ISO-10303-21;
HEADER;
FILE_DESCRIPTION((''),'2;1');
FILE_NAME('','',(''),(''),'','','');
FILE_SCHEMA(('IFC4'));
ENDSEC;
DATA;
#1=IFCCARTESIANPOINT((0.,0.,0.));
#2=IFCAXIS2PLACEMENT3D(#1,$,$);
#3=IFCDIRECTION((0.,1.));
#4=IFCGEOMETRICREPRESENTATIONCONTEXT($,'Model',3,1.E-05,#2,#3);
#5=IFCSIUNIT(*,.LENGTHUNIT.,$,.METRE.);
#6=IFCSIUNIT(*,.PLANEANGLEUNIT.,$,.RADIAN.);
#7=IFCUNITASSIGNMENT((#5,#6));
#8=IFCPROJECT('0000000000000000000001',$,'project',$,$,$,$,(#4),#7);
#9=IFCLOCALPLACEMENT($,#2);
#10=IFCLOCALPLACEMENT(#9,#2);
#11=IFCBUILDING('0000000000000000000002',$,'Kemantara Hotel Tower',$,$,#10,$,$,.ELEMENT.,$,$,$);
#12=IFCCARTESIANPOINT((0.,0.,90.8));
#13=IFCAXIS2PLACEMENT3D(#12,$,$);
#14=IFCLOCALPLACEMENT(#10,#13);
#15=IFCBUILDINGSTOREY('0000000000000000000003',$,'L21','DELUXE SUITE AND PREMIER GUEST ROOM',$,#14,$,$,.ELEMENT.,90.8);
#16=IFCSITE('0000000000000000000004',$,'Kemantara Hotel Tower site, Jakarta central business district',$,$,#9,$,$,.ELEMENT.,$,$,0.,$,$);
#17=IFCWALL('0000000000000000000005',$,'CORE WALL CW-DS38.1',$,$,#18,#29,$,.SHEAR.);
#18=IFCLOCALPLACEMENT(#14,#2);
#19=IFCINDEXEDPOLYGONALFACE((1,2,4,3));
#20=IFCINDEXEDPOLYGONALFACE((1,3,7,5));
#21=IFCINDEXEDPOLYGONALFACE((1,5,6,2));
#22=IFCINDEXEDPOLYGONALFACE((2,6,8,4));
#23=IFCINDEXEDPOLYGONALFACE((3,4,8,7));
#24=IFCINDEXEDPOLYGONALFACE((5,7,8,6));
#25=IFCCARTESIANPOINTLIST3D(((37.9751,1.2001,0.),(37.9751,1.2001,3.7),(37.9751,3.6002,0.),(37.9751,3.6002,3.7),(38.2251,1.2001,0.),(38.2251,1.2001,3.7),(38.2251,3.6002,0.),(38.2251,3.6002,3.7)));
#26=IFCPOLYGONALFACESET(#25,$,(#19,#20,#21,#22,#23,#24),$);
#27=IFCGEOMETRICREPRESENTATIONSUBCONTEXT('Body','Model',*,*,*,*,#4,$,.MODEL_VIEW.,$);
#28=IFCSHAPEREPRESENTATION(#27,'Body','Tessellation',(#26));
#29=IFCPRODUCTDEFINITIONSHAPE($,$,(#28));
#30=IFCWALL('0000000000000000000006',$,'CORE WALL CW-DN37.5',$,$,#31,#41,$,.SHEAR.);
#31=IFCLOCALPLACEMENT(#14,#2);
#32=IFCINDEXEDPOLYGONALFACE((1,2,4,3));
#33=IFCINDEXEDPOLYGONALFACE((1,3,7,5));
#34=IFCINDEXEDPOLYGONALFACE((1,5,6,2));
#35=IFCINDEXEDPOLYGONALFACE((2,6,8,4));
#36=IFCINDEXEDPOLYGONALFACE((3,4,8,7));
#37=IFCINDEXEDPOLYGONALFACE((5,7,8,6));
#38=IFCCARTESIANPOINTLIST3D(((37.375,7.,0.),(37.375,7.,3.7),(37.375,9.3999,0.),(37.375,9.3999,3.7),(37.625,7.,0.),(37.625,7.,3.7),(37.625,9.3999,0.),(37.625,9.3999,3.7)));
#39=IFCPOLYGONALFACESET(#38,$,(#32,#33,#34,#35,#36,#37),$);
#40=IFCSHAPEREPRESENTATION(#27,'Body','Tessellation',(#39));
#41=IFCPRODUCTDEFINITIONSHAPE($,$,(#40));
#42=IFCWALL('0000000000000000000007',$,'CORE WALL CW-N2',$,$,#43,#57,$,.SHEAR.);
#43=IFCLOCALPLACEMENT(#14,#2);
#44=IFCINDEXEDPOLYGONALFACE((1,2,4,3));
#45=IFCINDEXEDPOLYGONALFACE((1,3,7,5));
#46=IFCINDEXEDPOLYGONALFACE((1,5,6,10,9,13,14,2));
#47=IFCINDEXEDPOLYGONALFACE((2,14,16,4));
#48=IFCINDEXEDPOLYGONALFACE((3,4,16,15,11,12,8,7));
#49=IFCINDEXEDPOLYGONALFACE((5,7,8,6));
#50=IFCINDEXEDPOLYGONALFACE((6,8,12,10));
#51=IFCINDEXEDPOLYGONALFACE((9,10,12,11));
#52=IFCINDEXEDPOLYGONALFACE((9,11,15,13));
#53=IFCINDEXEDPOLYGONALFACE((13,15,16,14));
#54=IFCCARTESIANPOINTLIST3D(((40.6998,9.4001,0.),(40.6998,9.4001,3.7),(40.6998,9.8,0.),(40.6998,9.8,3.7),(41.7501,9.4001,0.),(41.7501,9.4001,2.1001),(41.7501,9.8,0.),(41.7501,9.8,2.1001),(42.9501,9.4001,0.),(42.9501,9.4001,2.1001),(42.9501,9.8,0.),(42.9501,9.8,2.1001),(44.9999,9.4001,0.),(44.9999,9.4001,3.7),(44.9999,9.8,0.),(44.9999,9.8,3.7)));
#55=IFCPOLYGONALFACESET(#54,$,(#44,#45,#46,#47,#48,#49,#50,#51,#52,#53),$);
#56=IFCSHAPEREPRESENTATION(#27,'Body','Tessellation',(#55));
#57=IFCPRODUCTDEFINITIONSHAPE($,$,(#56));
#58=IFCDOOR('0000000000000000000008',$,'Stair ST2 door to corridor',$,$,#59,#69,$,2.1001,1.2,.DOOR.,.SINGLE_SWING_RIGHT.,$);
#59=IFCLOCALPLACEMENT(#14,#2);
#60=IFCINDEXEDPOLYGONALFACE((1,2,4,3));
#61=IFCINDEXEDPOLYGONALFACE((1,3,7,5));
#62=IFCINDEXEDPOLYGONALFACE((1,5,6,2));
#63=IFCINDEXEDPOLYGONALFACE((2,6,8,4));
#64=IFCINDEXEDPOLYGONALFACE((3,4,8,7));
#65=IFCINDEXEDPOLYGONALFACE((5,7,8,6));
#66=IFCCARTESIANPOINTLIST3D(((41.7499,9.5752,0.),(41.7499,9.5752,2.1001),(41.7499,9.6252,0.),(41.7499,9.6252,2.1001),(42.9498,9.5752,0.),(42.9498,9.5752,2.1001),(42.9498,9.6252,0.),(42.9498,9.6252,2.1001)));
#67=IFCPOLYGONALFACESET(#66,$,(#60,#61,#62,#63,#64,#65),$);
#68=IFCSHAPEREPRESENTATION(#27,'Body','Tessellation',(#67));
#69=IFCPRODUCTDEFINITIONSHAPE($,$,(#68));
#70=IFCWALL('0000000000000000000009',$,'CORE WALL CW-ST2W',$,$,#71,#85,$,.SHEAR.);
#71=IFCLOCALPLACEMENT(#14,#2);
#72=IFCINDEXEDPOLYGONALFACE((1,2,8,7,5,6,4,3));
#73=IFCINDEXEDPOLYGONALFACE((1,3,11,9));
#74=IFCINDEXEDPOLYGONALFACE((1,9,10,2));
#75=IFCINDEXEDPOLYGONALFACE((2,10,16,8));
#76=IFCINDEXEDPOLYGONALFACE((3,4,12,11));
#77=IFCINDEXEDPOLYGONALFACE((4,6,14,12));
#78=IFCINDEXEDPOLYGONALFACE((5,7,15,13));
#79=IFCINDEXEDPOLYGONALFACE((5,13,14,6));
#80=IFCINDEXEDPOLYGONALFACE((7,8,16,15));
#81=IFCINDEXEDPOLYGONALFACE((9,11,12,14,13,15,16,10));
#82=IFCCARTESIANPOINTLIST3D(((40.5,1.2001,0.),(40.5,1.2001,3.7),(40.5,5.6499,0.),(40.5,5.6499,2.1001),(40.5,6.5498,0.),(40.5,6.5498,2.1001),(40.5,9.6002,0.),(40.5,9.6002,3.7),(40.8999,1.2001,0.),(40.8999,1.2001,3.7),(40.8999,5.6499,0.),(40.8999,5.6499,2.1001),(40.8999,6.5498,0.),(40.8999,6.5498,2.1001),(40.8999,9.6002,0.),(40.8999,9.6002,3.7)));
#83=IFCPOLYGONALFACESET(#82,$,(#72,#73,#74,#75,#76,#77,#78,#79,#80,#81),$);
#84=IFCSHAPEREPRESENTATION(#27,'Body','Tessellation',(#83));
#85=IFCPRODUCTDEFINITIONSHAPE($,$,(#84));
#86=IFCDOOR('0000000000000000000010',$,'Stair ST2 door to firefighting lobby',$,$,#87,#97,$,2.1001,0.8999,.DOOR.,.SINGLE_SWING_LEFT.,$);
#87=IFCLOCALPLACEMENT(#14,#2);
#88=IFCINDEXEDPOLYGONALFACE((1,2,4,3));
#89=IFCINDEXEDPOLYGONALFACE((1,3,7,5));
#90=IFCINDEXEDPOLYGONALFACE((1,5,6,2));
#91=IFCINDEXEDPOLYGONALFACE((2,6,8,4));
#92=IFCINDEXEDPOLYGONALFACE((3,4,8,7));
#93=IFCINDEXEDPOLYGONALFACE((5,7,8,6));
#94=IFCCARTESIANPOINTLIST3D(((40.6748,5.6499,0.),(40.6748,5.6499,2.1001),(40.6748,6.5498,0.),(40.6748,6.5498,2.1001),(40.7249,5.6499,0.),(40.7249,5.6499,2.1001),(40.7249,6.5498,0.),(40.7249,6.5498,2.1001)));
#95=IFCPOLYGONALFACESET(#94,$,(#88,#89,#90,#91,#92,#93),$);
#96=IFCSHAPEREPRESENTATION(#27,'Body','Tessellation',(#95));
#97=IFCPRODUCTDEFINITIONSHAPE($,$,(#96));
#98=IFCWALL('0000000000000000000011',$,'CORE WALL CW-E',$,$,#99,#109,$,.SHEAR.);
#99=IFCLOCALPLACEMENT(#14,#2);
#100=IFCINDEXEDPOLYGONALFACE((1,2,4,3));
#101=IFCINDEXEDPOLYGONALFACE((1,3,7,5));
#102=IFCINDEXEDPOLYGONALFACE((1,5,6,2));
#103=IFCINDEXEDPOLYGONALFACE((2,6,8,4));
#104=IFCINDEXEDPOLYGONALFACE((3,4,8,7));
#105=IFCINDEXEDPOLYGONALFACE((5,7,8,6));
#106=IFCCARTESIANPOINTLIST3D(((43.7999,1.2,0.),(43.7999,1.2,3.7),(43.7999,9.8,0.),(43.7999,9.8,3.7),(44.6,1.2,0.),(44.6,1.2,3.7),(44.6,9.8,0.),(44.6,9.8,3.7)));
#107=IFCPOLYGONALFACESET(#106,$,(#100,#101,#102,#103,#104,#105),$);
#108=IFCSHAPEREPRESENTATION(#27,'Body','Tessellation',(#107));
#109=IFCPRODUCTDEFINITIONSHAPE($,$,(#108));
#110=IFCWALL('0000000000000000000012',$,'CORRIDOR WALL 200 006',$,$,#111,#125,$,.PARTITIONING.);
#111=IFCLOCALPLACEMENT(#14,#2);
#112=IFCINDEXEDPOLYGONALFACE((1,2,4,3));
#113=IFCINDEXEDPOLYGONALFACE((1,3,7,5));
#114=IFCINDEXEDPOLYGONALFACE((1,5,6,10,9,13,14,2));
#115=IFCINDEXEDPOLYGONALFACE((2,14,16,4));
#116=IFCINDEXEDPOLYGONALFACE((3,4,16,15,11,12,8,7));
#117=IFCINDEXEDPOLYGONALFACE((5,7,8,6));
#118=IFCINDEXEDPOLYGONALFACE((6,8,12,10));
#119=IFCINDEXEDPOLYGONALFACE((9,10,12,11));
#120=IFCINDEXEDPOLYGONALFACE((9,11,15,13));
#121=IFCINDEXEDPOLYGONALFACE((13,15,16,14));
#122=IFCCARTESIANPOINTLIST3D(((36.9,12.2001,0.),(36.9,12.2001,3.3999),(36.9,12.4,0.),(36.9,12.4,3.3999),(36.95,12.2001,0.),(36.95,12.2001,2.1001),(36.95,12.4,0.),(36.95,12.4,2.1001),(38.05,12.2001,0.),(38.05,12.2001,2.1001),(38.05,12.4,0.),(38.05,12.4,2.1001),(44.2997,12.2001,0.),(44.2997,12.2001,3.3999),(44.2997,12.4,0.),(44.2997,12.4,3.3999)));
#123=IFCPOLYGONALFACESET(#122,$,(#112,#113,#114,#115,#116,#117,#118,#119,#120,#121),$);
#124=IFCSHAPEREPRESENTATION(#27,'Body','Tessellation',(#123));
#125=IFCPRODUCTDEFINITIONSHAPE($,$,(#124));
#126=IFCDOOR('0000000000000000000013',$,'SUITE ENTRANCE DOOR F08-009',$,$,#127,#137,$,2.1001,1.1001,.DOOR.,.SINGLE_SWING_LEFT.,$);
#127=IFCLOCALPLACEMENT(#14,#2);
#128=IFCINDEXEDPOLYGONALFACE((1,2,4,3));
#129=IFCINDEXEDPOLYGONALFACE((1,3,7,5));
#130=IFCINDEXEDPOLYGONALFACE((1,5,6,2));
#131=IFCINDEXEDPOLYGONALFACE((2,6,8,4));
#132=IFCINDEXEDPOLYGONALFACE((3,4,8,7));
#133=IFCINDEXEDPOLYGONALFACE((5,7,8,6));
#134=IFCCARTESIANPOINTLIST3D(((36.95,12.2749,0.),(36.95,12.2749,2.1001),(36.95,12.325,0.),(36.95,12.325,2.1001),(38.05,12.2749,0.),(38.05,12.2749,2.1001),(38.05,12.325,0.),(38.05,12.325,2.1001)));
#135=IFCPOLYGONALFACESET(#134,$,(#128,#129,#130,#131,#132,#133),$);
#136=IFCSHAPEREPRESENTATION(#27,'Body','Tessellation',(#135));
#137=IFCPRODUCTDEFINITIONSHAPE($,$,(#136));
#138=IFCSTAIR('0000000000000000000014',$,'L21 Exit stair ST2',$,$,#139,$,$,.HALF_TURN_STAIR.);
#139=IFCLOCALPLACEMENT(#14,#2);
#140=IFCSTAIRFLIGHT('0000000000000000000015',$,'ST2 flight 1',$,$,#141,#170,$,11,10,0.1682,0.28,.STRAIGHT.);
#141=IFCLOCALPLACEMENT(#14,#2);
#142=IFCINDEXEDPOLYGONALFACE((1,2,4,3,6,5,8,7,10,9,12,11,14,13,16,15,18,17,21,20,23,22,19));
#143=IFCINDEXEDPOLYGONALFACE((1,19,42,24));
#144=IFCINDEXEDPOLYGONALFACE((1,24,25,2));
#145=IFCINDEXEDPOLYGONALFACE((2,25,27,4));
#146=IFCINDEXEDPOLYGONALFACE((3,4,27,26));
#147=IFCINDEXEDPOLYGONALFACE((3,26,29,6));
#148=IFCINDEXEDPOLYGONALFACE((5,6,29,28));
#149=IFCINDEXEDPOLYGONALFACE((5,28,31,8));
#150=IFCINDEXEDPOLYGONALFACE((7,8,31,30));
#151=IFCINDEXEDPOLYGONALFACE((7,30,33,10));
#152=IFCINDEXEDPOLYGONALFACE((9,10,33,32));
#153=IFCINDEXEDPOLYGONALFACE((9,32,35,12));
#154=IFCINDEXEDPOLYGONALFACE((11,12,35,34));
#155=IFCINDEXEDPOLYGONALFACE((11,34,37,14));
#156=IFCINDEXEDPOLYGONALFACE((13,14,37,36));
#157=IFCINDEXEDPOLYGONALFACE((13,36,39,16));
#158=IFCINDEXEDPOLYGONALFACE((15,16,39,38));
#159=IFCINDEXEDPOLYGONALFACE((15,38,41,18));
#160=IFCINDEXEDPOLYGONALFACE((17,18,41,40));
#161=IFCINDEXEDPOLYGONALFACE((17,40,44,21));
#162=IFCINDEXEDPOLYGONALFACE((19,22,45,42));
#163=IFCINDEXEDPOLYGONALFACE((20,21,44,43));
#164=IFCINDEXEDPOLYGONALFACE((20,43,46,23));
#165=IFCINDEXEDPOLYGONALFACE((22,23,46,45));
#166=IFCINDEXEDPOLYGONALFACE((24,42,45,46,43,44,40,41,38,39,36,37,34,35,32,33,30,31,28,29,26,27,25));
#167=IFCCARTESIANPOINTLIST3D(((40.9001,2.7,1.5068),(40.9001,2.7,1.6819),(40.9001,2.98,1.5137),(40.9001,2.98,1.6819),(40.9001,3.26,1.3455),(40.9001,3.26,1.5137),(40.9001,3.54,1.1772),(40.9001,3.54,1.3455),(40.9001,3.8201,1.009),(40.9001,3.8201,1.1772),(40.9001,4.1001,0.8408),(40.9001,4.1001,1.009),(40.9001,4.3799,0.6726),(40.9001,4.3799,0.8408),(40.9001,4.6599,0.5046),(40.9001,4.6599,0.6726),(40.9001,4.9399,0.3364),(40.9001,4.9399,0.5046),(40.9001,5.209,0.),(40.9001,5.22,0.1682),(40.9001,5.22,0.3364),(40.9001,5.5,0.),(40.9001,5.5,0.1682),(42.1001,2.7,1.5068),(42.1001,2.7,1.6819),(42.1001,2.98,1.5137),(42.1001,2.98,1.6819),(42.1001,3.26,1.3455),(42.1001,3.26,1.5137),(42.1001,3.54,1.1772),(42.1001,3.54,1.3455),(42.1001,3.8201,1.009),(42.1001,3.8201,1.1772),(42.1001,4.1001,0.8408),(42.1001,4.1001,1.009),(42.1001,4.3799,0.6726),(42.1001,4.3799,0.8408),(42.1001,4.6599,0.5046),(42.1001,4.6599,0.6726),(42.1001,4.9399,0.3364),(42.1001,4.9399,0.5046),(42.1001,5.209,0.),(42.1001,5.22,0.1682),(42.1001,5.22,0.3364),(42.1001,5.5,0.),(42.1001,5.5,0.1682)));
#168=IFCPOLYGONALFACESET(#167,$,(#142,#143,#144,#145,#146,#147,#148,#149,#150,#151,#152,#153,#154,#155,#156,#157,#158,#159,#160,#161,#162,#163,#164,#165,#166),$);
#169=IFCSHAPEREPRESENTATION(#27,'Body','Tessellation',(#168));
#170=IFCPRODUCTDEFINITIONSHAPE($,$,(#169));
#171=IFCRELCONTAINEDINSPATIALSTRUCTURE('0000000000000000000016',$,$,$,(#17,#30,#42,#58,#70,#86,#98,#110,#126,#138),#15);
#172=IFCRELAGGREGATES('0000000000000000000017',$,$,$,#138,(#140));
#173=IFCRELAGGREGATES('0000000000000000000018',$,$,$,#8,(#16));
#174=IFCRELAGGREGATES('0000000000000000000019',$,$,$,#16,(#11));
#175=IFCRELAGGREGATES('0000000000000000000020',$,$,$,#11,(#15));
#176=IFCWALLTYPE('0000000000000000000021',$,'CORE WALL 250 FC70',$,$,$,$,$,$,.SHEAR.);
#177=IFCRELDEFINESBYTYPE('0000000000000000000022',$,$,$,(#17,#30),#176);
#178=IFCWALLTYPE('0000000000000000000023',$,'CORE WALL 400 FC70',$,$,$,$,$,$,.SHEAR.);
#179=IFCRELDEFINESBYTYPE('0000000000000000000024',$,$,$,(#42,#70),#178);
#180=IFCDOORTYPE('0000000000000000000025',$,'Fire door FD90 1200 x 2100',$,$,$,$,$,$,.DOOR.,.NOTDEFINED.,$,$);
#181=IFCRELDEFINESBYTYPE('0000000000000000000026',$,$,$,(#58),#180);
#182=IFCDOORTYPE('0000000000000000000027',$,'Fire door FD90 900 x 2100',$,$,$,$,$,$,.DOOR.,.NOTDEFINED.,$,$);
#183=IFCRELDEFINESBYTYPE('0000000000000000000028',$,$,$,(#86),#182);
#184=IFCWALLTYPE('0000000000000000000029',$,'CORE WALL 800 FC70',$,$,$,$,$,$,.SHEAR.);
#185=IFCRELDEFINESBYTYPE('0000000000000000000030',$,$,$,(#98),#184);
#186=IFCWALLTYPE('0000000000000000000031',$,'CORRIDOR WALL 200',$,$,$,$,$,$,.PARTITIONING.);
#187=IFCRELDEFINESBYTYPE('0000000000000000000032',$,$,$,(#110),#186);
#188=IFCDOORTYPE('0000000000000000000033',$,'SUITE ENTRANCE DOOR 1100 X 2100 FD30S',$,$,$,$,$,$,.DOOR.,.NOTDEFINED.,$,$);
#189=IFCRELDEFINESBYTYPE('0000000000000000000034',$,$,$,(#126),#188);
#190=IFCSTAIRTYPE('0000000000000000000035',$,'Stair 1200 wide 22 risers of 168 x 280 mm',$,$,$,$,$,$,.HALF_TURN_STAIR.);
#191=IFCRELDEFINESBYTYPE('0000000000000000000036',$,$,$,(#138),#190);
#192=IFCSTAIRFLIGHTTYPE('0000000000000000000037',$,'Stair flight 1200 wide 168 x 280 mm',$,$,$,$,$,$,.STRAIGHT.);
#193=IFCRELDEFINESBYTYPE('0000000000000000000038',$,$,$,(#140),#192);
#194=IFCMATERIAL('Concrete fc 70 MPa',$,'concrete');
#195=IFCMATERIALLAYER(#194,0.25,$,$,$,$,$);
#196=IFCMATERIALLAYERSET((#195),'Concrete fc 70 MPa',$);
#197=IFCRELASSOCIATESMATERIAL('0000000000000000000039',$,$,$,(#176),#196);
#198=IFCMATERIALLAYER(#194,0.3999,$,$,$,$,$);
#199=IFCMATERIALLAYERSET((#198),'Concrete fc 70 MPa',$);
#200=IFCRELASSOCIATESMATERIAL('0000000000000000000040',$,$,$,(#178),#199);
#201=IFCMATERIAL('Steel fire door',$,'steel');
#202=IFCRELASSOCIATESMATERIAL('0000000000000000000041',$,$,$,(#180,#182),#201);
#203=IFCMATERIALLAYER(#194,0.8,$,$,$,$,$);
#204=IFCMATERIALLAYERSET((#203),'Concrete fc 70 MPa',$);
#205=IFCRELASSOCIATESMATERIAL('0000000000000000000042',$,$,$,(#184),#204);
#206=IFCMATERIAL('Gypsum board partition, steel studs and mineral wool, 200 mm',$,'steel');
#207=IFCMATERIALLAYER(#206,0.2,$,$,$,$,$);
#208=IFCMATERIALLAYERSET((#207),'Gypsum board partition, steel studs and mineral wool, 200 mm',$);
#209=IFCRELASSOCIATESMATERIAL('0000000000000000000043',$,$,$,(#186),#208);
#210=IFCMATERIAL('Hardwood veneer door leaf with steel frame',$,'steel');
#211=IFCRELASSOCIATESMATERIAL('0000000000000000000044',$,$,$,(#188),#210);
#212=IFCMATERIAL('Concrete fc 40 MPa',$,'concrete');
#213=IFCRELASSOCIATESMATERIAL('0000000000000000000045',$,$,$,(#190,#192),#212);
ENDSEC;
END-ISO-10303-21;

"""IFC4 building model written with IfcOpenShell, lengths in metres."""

from ifc_helpers import new_model, si_unit, direction, frame, frame_2d, origin, place, context, subcontext, project, spatial, polyline, rectangle, outline, extrude, material, layer, layer_set, type_object, element, fill, aggregate, save


model = new_model("IFC4")

# Units and contexts
model_context = context("Model", 3, precision=1e-05, world=origin(), true_north=direction((0.0, 1.0)))
body_context = subcontext(model_context, "Body", "Model", "MODEL_VIEW")
ifc_project = project(units=[si_unit("LENGTHUNIT", "METRE"), si_unit("PLANEANGLEUNIT", "RADIAN")], contexts=[model_context])

# Site, building, storey
site_placement = place(None, origin())
site = spatial("IfcSite", under=ifc_project, at=site_placement, Name="Kemantara Hotel Tower site, Jakarta central business district", CompositionType="ELEMENT", RefElevation=0.0)
building_placement = place(site_placement, origin())
building = spatial("IfcBuilding", under=site, at=building_placement, Name="Kemantara Hotel Tower", CompositionType="ELEMENT")
storey_placement = place(building_placement, frame((0.0, 0.0, 90.8)))
storey = spatial("IfcBuildingStorey", under=building, at=storey_placement, Name="L21", Description="DELUXE SUITE AND PREMIER GUEST ROOM", CompositionType="ELEMENT", Elevation=90.8)

# Walls
ifc_material_1 = material(Name="Concrete fc 70 MPa", Category="concrete")
ifc_layer_1 = layer(ifc_material_1, 0.25)
ifc_layer_set_1 = layer_set([ifc_layer_1], Name="Concrete fc 70 MPa")
wall_type_1 = type_object("IfcWallType", Name="CORE WALL 250 FC70", PredefinedType="SHEAR", material=ifc_layer_set_1)
wall_1_placement = place(storey_placement, frame((38.1001, 1.2, 0.0), z_axis=(0.0, 0.0, 1.0), x_axis=(0.0, 1.0, 0.0)))
element("IfcWall", 1, at=wall_1_placement, inside=storey, type_object=wall_type_1, Name="CORE WALL CW-DS38.1", PredefinedType="SHEAR", context=body_context, shape_type="SweptSolid", body=[
    extrude(rectangle(XDim=2.4001, YDim=0.25, at=frame_2d((1.2002, 0.0))), origin(), (0.0, 0.0, 1.0), 3.7),
])
wall_2_placement = place(storey_placement, frame((37.5, 7.0, 0.0), z_axis=(0.0, 0.0, 1.0), x_axis=(0.0, 1.0, 0.0)))
element("IfcWall", 2, at=wall_2_placement, inside=storey, type_object=wall_type_1, Name="CORE WALL CW-DN37.5", PredefinedType="SHEAR", context=body_context, shape_type="SweptSolid", body=[
    extrude(rectangle(XDim=2.3999, YDim=0.25, at=frame_2d((1.2, 0.0))), origin(), (0.0, 0.0, 1.0), 3.7),
])

# Walls, openings, doors
ifc_layer_2 = layer(ifc_material_1, 0.3999)
ifc_layer_set_2 = layer_set([ifc_layer_2], Name="Concrete fc 70 MPa")
wall_type_2 = type_object("IfcWallType", Name="CORE WALL 400 FC70", PredefinedType="SHEAR", material=ifc_layer_set_2)
wall_3_placement = place(storey_placement, frame((40.7, 9.6001, 0.0), z_axis=(0.0, 0.0, 1.0), x_axis=(1.0, 0.0, 0.0)))
wall_3 = element("IfcWall", 3, at=wall_3_placement, inside=storey, type_object=wall_type_2, Name="CORE WALL CW-N2", PredefinedType="SHEAR", context=body_context, shape_type="SweptSolid", body=[
    extrude(rectangle(XDim=4.3, YDim=0.3999, at=frame_2d((2.1499, 0.0))), origin(), (0.0, 0.0, 1.0), 3.7),
])
opening_1_placement = place(wall_3_placement, frame((1.05, 0.0, 0.0)))
opening_1 = element("IfcOpeningElement", 4, at=opening_1_placement, cuts=wall_3, PredefinedType="OPENING", context=body_context, shape_type="SweptSolid", body=[
    extrude(rectangle(XDim=1.2, YDim=2.1001, at=frame_2d((0.6001, 1.05))), frame((0.0, 0.21, 0.0), z_axis=(0.0, -1.0, 0.0), x_axis=(1.0, 0.0, 0.0)), (0.0, 0.0, 1.0), 0.4199),
])
ifc_material_2 = material(Name="Steel fire door", Category="steel")
door_type_1 = type_object("IfcDoorType", Name="Fire door FD90 1200 x 2100", OperationType="NOTDEFINED", PredefinedType="DOOR", material=ifc_material_2)
door_1_placement = place(opening_1_placement, frame((1.2, 0.0, 0.0), z_axis=(0.0, 0.0, 1.0), x_axis=(-1.0, 0.0, 0.0)))
door_1 = element("IfcDoor", 5, at=door_1_placement, inside=storey, type_object=door_type_1, Name="Stair ST2 door to corridor", OperationType="SINGLE_SWING_RIGHT", OverallHeight=2.1001, OverallWidth=1.2, PredefinedType="DOOR", context=body_context, shape_type="SweptSolid", body=[
    extrude(rectangle(XDim=1.2, YDim=2.1001, at=frame_2d((0.6001, 1.05))), frame((0.0, 0.0249, 0.0), z_axis=(0.0, -1.0, 0.0), x_axis=(1.0, 0.0, 0.0)), (0.0, 0.0, 1.0), 0.05),
])
fill(opening_1, door_1)
wall_4_placement = place(storey_placement, frame((40.7, 1.2, 0.0), z_axis=(0.0, 0.0, 1.0), x_axis=(0.0, 1.0, 0.0)))
wall_4 = element("IfcWall", 6, at=wall_4_placement, inside=storey, type_object=wall_type_2, Name="CORE WALL CW-ST2W", PredefinedType="SHEAR", context=body_context, shape_type="SweptSolid", body=[
    extrude(rectangle(XDim=8.4001, YDim=0.3999, at=frame_2d((4.2002, 0.0))), origin(), (0.0, 0.0, 1.0), 3.7),
])
opening_2_placement = place(wall_4_placement, frame((4.45, 0.0, 0.0)))
opening_2 = element("IfcOpeningElement", 7, at=opening_2_placement, cuts=wall_4, PredefinedType="OPENING", context=body_context, shape_type="SweptSolid", body=[
    extrude(rectangle(XDim=0.8999, YDim=2.1001, at=frame_2d((0.45, 1.05))), frame((0.0, 0.21, 0.0), z_axis=(0.0, -1.0, 0.0), x_axis=(1.0, 0.0, 0.0)), (0.0, 0.0, 1.0), 0.4199),
])
door_type_2 = type_object("IfcDoorType", Name="Fire door FD90 900 x 2100", OperationType="NOTDEFINED", PredefinedType="DOOR", material=ifc_material_2)
door_2_placement = place(opening_2_placement, frame((0.8999, 0.0, 0.0), z_axis=(0.0, 0.0, 1.0), x_axis=(-1.0, 0.0, 0.0)))
door_2 = element("IfcDoor", 8, at=door_2_placement, inside=storey, type_object=door_type_2, Name="Stair ST2 door to firefighting lobby", OperationType="SINGLE_SWING_LEFT", OverallHeight=2.1001, OverallWidth=0.8999, PredefinedType="DOOR", context=body_context, shape_type="SweptSolid", body=[
    extrude(rectangle(XDim=0.8999, YDim=2.1001, at=frame_2d((0.45, 1.05))), frame((0.0, 0.0249, 0.0), z_axis=(0.0, -1.0, 0.0), x_axis=(1.0, 0.0, 0.0)), (0.0, 0.0, 1.0), 0.05),
])
fill(opening_2, door_2)

# Wall
ifc_layer_3 = layer(ifc_material_1, 0.8)
ifc_layer_set_3 = layer_set([ifc_layer_3], Name="Concrete fc 70 MPa")
wall_type_3 = type_object("IfcWallType", Name="CORE WALL 800 FC70", PredefinedType="SHEAR", material=ifc_layer_set_3)
wall_5_placement = place(storey_placement, frame((44.2, 1.2, 0.0), z_axis=(0.0, 0.0, 1.0), x_axis=(0.0, 1.0, 0.0)))
element("IfcWall", 9, at=wall_5_placement, inside=storey, type_object=wall_type_3, Name="CORE WALL CW-E", PredefinedType="SHEAR", context=body_context, shape_type="SweptSolid", body=[
    extrude(rectangle(XDim=8.6001, YDim=0.8, at=frame_2d((4.3, 0.0))), origin(), (0.0, 0.0, 1.0), 3.7),
])

# Wall, opening, door
ifc_material_3 = material(Name="Gypsum board partition, steel studs and mineral wool, 200 mm", Category="steel")
ifc_layer_4 = layer(ifc_material_3, 0.2)
ifc_layer_set_4 = layer_set([ifc_layer_4], Name="Gypsum board partition, steel studs and mineral wool, 200 mm")
wall_type_4 = type_object("IfcWallType", Name="CORRIDOR WALL 200", PredefinedType="PARTITIONING", material=ifc_layer_set_4)
wall_6_placement = place(storey_placement, frame((36.9001, 12.3, 0.0), z_axis=(0.0, 0.0, 1.0), x_axis=(1.0, 0.0, 0.0)))
wall_6 = element("IfcWall", 10, at=wall_6_placement, inside=storey, type_object=wall_type_4, Name="CORRIDOR WALL 200 006", PredefinedType="PARTITIONING", context=body_context, shape_type="SweptSolid", body=[
    extrude(rectangle(XDim=7.3997, YDim=0.2, at=frame_2d((3.6997, 0.0))), origin(), (0.0, 0.0, 1.0), 3.3999),
])
opening_3_placement = place(wall_6_placement, frame((0.0498, 0.0, 0.0)))
opening_3 = element("IfcOpeningElement", 11, at=opening_3_placement, cuts=wall_6, PredefinedType="OPENING", context=body_context, shape_type="SweptSolid", body=[
    extrude(rectangle(XDim=1.1001, YDim=2.1001, at=frame_2d((0.55, 1.05))), frame((0.0, 0.1099, 0.0), z_axis=(0.0, -1.0, 0.0), x_axis=(1.0, 0.0, 0.0)), (0.0, 0.0, 1.0), 0.22),
])
ifc_material_4 = material(Name="Hardwood veneer door leaf with steel frame", Category="steel")
door_type_3 = type_object("IfcDoorType", Name="SUITE ENTRANCE DOOR 1100 X 2100 FD30S", OperationType="NOTDEFINED", PredefinedType="DOOR", material=ifc_material_4)
door_3_placement = place(opening_3_placement, origin())
door_3 = element("IfcDoor", 12, at=door_3_placement, inside=storey, type_object=door_type_3, Name="SUITE ENTRANCE DOOR F08-009", OperationType="SINGLE_SWING_LEFT", OverallHeight=2.1001, OverallWidth=1.1001, PredefinedType="DOOR", context=body_context, shape_type="SweptSolid", body=[
    extrude(rectangle(XDim=1.1001, YDim=2.1001, at=frame_2d((0.55, 1.05))), frame((0.0, 0.0249, 0.0), z_axis=(0.0, -1.0, 0.0), x_axis=(1.0, 0.0, 0.0)), (0.0, 0.0, 1.0), 0.05),
])
fill(opening_3, door_3)

# Stair, stair flight
ifc_material_5 = material(Name="Concrete fc 40 MPa", Category="concrete")
stair_type = type_object("IfcStairType", Name="Stair 1200 wide 22 risers of 168 x 280 mm", PredefinedType="HALF_TURN_STAIR", material=ifc_material_5)
stair_placement = place(storey_placement, origin())
stair = element("IfcStair", 13, at=stair_placement, inside=storey, type_object=stair_type, Name="L21 Exit stair ST2", PredefinedType="HALF_TURN_STAIR")
stair_flight_type = type_object("IfcStairFlightType", Name="Stair flight 1200 wide 168 x 280 mm", PredefinedType="STRAIGHT", material=ifc_material_5)
stair_flight_1_placement = place(storey_placement, frame((41.5, 5.5, 0.0), z_axis=(0.0, 0.0, 1.0), x_axis=(0.0, -1.0, 0.0)))
stair_flight_1 = element("IfcStairFlight", 14, at=stair_flight_1_placement, type_object=stair_flight_type, Name="ST2 flight 1", NumberOfRisers=11, NumberOfTreads=10, PredefinedType="STRAIGHT", RiserHeight=0.1682, TreadLength=0.28, context=body_context, shape_type="SweptSolid", body=[
    extrude(outline(polyline([(0.0, 0.0), (0.0, 0.1682), (0.28, 0.1682), (0.28, 0.3364), (0.5601, 0.3364), (0.5601, 0.5046), (0.8401, 0.5046), (0.8401, 0.6726), (1.1201, 0.6726), (1.1201, 0.8408), (1.3999, 0.8408), (1.3999, 1.009), (1.6799, 1.009), (1.6799, 1.1772), (1.96, 1.1772), (1.96, 1.3455), (2.24, 1.3455), (2.24, 1.5137), (2.52, 1.5137), (2.52, 1.6819), (2.8, 1.6819), (2.8, 1.8501), (2.8, 1.5068), (0.291, 0.0), (0.0, 0.0)])), frame((0.0, 0.6001, 0.0), z_axis=(0.0, -1.0, 0.0), x_axis=(1.0, 0.0, 0.0)), (0.0, 0.0, 1.0), 1.2),
])
aggregate(stair, [stair_flight_1])

save(model, "model.ifc")
